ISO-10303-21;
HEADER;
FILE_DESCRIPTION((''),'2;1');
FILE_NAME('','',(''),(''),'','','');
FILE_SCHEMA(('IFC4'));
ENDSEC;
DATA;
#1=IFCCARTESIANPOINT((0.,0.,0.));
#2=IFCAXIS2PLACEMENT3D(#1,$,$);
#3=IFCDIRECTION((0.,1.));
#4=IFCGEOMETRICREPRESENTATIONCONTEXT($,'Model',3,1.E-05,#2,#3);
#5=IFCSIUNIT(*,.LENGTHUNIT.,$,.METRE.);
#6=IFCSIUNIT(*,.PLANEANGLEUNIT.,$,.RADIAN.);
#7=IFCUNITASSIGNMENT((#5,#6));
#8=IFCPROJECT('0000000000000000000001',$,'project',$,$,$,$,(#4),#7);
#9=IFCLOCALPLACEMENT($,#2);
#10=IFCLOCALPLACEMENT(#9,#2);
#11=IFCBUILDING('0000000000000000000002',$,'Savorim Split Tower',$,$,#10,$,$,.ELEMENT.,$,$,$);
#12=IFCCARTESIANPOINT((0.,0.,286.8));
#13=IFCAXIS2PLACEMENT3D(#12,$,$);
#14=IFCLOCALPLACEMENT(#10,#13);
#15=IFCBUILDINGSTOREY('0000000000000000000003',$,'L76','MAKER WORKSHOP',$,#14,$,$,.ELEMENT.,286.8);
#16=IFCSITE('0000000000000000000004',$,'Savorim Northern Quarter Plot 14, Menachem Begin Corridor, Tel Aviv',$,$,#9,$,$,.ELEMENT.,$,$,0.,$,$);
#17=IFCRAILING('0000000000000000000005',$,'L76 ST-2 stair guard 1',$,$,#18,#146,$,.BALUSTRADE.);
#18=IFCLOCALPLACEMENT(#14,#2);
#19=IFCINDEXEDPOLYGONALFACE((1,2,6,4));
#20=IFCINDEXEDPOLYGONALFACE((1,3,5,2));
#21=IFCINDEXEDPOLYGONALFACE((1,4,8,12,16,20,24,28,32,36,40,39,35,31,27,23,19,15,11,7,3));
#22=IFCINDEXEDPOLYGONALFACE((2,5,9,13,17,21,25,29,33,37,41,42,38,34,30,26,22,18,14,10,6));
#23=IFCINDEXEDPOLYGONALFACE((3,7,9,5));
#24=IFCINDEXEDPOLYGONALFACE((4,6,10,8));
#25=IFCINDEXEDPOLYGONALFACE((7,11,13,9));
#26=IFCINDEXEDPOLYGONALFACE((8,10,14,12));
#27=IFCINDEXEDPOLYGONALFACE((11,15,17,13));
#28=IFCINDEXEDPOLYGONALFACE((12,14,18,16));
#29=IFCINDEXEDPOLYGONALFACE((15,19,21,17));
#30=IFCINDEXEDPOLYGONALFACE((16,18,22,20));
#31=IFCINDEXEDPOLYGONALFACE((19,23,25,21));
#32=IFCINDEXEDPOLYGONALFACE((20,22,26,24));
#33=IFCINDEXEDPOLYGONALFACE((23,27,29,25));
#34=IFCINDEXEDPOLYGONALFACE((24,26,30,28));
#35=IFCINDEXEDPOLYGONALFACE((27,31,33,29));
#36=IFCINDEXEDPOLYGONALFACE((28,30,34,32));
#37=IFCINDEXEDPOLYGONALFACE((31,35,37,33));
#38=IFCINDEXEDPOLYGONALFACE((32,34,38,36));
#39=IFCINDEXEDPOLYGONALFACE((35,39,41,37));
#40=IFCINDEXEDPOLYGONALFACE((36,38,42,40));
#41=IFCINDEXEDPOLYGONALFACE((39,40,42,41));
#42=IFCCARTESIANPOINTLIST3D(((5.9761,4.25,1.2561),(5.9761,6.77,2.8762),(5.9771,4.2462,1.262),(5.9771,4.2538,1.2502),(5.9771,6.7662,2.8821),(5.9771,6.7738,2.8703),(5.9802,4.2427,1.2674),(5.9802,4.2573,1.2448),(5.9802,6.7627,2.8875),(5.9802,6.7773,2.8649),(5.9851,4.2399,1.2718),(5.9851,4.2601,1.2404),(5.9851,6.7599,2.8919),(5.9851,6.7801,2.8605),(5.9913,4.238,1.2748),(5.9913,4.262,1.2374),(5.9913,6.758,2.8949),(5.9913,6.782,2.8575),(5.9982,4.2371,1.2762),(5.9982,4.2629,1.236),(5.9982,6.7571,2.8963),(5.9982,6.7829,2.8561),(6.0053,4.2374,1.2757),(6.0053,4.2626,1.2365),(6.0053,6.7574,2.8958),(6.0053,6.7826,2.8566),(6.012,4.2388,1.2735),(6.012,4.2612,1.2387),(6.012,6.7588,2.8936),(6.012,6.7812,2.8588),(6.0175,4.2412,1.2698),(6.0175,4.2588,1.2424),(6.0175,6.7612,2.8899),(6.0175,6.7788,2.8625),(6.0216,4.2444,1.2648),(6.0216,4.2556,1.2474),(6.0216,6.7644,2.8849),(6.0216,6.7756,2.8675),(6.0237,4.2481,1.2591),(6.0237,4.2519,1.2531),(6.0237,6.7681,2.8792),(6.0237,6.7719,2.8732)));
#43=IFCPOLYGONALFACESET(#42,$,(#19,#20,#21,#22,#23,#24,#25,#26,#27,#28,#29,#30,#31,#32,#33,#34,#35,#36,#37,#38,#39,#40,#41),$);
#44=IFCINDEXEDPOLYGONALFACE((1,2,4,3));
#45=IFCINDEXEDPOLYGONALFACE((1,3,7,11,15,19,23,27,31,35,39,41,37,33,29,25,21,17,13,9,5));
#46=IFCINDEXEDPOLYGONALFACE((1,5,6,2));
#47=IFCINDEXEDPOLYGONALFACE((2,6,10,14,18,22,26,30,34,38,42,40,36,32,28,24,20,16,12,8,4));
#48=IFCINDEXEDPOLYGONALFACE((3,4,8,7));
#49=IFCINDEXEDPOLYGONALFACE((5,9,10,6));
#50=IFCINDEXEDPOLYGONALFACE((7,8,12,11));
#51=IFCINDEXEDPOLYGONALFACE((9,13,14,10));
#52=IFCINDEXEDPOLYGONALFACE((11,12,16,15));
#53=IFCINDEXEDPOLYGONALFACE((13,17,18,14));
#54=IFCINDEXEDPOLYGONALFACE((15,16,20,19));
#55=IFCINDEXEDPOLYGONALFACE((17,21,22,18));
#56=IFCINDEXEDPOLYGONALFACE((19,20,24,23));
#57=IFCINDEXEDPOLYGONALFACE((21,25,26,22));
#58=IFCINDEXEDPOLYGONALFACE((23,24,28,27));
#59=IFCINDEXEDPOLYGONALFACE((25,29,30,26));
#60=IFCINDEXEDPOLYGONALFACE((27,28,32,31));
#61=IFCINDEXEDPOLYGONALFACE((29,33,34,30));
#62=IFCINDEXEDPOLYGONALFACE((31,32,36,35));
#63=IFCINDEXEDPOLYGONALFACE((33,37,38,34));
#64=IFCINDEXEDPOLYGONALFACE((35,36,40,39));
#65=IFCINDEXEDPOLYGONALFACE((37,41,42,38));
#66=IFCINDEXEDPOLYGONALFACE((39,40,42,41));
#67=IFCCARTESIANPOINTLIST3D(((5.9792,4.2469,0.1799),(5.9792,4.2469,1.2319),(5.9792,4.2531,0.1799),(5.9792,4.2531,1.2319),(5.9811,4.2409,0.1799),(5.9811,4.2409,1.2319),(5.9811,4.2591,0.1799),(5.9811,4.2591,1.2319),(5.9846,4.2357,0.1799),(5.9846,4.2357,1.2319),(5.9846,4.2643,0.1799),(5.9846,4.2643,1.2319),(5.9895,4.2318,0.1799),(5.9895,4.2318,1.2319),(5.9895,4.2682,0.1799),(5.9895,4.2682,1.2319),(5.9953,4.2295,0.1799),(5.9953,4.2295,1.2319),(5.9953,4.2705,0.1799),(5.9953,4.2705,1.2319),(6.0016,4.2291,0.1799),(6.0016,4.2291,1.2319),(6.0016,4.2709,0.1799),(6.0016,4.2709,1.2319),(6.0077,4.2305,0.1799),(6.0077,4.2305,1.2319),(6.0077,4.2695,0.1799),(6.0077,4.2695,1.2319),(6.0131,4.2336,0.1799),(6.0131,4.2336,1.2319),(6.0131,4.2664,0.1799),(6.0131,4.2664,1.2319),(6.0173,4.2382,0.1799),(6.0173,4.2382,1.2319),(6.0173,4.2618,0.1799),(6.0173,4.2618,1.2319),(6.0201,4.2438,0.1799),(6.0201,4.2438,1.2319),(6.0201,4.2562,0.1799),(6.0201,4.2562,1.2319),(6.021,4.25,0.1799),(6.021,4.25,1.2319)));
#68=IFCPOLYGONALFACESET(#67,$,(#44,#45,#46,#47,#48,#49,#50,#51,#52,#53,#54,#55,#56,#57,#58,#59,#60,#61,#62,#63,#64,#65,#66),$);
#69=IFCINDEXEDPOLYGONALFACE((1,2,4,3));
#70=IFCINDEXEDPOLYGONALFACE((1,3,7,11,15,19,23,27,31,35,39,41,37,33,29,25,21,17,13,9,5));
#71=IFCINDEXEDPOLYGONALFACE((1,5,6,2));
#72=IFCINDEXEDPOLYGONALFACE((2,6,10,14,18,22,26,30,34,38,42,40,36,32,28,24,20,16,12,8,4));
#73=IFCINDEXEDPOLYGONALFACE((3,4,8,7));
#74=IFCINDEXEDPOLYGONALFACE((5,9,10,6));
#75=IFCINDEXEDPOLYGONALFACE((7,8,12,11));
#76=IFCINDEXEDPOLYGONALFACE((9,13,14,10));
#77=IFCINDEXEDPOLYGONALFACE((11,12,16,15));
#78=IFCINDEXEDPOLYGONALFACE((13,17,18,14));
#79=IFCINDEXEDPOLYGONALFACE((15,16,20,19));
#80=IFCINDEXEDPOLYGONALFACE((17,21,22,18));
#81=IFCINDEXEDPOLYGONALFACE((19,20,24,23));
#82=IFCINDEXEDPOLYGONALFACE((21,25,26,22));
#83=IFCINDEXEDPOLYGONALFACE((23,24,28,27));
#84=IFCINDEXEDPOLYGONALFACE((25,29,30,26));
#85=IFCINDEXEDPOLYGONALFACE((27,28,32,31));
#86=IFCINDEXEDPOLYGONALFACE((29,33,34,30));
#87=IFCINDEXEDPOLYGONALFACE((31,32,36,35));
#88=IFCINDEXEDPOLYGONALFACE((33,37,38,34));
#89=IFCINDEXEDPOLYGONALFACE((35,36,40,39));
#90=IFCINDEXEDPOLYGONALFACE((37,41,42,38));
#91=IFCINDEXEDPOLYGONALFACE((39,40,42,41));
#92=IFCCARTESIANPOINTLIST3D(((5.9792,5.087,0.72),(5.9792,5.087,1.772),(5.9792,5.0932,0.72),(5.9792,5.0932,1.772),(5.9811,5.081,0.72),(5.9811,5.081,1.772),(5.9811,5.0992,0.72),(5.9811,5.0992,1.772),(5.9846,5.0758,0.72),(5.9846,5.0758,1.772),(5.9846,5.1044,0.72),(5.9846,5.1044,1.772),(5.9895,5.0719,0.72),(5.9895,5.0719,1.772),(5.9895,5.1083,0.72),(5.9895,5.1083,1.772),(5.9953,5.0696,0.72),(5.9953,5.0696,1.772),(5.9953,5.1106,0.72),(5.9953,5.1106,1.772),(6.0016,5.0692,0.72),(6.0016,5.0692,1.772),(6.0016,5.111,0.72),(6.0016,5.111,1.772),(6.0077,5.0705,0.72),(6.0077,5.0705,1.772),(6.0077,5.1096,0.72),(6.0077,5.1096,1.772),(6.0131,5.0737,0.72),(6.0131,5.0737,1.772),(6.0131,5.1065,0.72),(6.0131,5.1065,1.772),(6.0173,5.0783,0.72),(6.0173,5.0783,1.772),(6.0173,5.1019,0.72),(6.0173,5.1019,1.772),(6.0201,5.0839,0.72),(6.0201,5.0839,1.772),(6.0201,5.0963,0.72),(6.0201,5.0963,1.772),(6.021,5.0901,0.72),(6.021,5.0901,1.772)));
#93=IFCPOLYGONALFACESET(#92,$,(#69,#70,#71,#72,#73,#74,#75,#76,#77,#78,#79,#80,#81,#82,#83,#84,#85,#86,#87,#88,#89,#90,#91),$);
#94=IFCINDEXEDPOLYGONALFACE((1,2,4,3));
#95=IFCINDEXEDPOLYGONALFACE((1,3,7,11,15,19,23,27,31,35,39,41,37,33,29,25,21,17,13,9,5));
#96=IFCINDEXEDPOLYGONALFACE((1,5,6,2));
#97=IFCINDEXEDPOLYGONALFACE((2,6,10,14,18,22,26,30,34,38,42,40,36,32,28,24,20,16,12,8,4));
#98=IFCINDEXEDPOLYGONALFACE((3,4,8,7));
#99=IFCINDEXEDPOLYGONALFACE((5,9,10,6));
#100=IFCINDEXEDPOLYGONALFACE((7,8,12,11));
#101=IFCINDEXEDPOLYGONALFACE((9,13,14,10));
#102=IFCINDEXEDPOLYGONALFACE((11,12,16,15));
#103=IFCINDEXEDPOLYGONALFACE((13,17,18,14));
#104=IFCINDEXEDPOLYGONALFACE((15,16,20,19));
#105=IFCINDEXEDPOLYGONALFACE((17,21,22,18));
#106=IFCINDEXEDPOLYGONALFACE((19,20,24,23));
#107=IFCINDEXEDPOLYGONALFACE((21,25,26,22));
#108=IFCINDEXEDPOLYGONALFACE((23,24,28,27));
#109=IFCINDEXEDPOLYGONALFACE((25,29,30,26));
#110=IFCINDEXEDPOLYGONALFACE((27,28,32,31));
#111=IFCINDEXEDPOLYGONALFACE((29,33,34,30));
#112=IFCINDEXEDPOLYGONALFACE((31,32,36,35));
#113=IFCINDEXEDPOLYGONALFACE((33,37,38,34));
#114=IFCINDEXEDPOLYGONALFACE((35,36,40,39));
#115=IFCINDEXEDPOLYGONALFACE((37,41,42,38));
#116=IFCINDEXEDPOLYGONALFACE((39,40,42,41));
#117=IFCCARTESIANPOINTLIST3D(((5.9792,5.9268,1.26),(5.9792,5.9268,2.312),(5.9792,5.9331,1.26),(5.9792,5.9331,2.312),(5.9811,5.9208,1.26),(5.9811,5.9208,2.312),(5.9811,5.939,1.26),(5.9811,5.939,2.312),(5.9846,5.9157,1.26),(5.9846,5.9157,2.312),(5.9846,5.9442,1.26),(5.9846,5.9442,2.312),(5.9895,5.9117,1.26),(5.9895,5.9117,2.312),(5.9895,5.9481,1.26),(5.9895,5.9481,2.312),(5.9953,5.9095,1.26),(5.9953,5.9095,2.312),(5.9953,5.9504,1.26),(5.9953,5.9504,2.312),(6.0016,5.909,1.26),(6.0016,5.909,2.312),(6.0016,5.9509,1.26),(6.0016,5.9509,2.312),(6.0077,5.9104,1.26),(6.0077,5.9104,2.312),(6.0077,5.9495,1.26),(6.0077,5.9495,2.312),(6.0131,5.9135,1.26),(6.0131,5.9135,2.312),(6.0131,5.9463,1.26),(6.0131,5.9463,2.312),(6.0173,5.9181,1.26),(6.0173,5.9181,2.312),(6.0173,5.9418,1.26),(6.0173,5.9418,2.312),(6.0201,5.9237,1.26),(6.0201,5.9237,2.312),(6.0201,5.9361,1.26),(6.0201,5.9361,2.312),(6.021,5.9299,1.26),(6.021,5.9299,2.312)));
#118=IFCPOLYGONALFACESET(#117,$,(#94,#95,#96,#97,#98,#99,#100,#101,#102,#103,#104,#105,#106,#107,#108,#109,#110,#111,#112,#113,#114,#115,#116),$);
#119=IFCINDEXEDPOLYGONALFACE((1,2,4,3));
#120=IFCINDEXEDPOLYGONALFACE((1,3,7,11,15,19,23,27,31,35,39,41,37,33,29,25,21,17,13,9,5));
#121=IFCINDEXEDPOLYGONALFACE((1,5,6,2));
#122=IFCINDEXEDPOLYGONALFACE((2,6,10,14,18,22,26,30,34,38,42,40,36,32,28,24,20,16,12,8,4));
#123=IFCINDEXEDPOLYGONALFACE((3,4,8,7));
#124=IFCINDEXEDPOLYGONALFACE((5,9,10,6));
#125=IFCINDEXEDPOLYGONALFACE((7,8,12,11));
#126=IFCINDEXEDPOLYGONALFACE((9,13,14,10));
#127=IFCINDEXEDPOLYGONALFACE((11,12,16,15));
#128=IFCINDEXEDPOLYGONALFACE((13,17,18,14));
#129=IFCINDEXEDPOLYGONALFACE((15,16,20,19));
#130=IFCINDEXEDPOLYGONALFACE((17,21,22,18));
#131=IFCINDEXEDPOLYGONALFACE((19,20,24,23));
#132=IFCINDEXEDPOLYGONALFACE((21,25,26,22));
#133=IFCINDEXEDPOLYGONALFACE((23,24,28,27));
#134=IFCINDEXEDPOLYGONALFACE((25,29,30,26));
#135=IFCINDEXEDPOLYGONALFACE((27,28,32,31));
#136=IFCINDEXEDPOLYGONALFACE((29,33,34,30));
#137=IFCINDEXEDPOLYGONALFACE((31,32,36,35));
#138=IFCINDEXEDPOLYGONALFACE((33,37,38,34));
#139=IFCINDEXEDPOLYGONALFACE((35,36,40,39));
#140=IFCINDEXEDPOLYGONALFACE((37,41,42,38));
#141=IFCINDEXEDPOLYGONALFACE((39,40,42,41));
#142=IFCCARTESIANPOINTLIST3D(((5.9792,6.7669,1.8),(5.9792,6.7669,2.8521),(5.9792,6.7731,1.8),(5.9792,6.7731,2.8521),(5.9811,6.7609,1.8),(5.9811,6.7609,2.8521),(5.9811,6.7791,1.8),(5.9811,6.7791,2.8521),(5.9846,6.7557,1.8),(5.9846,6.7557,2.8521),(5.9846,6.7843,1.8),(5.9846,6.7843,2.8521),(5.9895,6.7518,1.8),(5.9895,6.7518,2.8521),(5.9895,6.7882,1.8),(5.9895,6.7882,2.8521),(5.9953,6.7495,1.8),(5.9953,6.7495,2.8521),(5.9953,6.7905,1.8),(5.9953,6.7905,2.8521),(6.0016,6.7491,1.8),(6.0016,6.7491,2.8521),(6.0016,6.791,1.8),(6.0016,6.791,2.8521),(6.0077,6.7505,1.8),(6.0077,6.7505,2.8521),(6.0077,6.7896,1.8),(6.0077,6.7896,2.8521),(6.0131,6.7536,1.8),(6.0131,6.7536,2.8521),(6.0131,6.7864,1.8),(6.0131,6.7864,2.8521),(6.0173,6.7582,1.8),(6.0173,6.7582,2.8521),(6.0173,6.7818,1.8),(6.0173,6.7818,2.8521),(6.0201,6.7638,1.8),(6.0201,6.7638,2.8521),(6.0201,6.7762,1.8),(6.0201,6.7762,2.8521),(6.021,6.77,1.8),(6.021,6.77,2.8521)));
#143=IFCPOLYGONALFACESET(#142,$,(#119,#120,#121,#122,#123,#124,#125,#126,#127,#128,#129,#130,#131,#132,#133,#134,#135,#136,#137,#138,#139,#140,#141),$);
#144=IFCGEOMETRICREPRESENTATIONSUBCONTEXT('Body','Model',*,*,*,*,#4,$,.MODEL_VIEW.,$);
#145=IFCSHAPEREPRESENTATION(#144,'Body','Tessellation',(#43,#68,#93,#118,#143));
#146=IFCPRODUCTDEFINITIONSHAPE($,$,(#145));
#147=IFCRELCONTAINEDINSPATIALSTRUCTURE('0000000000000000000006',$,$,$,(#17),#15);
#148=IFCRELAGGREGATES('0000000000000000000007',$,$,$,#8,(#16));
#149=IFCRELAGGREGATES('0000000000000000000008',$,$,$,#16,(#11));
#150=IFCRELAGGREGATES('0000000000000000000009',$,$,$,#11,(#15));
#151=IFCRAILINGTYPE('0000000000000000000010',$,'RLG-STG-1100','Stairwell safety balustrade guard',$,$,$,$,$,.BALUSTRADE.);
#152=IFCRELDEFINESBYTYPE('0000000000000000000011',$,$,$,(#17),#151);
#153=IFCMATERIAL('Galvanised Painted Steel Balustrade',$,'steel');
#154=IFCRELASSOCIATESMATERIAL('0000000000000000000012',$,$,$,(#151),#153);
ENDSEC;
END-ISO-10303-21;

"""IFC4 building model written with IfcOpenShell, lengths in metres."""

from ifc_helpers import new_model, si_unit, direction, frame, origin, origin_2d, place, context, subcontext, project, spatial, circle, extrude, material, type_object, element, save


model = new_model("IFC4")

# Units and contexts
model_context = context("Model", 3, precision=1e-05, world=origin(), true_north=direction((0.0, 1.0)))
body_context = subcontext(model_context, "Body", "Model", "MODEL_VIEW")
ifc_project = project(units=[si_unit("LENGTHUNIT", "METRE"), si_unit("PLANEANGLEUNIT", "RADIAN")], contexts=[model_context])

# Site, building, storey
site_placement = place(None, origin())
site = spatial("IfcSite", under=ifc_project, at=site_placement, Name="Savorim Northern Quarter Plot 14, Menachem Begin Corridor, Tel Aviv", CompositionType="ELEMENT", RefElevation=0.0)
building_placement = place(site_placement, origin())
building = spatial("IfcBuilding", under=site, at=building_placement, Name="Savorim Split Tower", CompositionType="ELEMENT")
storey_placement = place(building_placement, frame((0.0, 0.0, 286.8)))
storey = spatial("IfcBuildingStorey", under=building, at=storey_placement, Name="L76", Description="MAKER WORKSHOP", CompositionType="ELEMENT", Elevation=286.8)

# Railing
ifc_material_1 = material(Name="Galvanised Painted Steel Balustrade", Category="steel")
railing_type_1 = type_object("IfcRailingType", Name="RLG-STG-1100", Description="Stairwell safety balustrade guard", PredefinedType="BALUSTRADE", material=ifc_material_1)
railing_1_placement = place(storey_placement, frame((6.0, 4.25, 0.1799)))
element("IfcRailing", 1, at=railing_1_placement, inside=storey, type_object=railing_type_1, Name="L76 ST-2 stair guard 1", PredefinedType="BALUSTRADE", context=body_context, shape_type="SweptSolid", body=[
    extrude(circle(Radius=0.0239, at=origin_2d()), frame((0.0, 0.0, 1.0762), z_axis=(0.0, 0.841163, 0.540782), x_axis=(-1.0, 0.0, 0.0)), (0.0, 0.0, 1.0), 2.9958),
    extrude(circle(Radius=0.021, at=origin_2d()), origin(), (0.0, 0.0, 1.0), 1.052),
    extrude(circle(Radius=0.021, at=origin_2d()), frame((0.0, 0.8401, 0.54)), (0.0, 0.0, 1.0), 1.052),
    extrude(circle(Radius=0.021, at=origin_2d()), frame((0.0, 1.6799, 1.0801)), (0.0, 0.0, 1.0), 1.052),
    extrude(circle(Radius=0.021, at=origin_2d()), frame((0.0, 2.52, 1.6201)), (0.0, 0.0, 1.0), 1.052),
])

save(model, "model.ifc")
